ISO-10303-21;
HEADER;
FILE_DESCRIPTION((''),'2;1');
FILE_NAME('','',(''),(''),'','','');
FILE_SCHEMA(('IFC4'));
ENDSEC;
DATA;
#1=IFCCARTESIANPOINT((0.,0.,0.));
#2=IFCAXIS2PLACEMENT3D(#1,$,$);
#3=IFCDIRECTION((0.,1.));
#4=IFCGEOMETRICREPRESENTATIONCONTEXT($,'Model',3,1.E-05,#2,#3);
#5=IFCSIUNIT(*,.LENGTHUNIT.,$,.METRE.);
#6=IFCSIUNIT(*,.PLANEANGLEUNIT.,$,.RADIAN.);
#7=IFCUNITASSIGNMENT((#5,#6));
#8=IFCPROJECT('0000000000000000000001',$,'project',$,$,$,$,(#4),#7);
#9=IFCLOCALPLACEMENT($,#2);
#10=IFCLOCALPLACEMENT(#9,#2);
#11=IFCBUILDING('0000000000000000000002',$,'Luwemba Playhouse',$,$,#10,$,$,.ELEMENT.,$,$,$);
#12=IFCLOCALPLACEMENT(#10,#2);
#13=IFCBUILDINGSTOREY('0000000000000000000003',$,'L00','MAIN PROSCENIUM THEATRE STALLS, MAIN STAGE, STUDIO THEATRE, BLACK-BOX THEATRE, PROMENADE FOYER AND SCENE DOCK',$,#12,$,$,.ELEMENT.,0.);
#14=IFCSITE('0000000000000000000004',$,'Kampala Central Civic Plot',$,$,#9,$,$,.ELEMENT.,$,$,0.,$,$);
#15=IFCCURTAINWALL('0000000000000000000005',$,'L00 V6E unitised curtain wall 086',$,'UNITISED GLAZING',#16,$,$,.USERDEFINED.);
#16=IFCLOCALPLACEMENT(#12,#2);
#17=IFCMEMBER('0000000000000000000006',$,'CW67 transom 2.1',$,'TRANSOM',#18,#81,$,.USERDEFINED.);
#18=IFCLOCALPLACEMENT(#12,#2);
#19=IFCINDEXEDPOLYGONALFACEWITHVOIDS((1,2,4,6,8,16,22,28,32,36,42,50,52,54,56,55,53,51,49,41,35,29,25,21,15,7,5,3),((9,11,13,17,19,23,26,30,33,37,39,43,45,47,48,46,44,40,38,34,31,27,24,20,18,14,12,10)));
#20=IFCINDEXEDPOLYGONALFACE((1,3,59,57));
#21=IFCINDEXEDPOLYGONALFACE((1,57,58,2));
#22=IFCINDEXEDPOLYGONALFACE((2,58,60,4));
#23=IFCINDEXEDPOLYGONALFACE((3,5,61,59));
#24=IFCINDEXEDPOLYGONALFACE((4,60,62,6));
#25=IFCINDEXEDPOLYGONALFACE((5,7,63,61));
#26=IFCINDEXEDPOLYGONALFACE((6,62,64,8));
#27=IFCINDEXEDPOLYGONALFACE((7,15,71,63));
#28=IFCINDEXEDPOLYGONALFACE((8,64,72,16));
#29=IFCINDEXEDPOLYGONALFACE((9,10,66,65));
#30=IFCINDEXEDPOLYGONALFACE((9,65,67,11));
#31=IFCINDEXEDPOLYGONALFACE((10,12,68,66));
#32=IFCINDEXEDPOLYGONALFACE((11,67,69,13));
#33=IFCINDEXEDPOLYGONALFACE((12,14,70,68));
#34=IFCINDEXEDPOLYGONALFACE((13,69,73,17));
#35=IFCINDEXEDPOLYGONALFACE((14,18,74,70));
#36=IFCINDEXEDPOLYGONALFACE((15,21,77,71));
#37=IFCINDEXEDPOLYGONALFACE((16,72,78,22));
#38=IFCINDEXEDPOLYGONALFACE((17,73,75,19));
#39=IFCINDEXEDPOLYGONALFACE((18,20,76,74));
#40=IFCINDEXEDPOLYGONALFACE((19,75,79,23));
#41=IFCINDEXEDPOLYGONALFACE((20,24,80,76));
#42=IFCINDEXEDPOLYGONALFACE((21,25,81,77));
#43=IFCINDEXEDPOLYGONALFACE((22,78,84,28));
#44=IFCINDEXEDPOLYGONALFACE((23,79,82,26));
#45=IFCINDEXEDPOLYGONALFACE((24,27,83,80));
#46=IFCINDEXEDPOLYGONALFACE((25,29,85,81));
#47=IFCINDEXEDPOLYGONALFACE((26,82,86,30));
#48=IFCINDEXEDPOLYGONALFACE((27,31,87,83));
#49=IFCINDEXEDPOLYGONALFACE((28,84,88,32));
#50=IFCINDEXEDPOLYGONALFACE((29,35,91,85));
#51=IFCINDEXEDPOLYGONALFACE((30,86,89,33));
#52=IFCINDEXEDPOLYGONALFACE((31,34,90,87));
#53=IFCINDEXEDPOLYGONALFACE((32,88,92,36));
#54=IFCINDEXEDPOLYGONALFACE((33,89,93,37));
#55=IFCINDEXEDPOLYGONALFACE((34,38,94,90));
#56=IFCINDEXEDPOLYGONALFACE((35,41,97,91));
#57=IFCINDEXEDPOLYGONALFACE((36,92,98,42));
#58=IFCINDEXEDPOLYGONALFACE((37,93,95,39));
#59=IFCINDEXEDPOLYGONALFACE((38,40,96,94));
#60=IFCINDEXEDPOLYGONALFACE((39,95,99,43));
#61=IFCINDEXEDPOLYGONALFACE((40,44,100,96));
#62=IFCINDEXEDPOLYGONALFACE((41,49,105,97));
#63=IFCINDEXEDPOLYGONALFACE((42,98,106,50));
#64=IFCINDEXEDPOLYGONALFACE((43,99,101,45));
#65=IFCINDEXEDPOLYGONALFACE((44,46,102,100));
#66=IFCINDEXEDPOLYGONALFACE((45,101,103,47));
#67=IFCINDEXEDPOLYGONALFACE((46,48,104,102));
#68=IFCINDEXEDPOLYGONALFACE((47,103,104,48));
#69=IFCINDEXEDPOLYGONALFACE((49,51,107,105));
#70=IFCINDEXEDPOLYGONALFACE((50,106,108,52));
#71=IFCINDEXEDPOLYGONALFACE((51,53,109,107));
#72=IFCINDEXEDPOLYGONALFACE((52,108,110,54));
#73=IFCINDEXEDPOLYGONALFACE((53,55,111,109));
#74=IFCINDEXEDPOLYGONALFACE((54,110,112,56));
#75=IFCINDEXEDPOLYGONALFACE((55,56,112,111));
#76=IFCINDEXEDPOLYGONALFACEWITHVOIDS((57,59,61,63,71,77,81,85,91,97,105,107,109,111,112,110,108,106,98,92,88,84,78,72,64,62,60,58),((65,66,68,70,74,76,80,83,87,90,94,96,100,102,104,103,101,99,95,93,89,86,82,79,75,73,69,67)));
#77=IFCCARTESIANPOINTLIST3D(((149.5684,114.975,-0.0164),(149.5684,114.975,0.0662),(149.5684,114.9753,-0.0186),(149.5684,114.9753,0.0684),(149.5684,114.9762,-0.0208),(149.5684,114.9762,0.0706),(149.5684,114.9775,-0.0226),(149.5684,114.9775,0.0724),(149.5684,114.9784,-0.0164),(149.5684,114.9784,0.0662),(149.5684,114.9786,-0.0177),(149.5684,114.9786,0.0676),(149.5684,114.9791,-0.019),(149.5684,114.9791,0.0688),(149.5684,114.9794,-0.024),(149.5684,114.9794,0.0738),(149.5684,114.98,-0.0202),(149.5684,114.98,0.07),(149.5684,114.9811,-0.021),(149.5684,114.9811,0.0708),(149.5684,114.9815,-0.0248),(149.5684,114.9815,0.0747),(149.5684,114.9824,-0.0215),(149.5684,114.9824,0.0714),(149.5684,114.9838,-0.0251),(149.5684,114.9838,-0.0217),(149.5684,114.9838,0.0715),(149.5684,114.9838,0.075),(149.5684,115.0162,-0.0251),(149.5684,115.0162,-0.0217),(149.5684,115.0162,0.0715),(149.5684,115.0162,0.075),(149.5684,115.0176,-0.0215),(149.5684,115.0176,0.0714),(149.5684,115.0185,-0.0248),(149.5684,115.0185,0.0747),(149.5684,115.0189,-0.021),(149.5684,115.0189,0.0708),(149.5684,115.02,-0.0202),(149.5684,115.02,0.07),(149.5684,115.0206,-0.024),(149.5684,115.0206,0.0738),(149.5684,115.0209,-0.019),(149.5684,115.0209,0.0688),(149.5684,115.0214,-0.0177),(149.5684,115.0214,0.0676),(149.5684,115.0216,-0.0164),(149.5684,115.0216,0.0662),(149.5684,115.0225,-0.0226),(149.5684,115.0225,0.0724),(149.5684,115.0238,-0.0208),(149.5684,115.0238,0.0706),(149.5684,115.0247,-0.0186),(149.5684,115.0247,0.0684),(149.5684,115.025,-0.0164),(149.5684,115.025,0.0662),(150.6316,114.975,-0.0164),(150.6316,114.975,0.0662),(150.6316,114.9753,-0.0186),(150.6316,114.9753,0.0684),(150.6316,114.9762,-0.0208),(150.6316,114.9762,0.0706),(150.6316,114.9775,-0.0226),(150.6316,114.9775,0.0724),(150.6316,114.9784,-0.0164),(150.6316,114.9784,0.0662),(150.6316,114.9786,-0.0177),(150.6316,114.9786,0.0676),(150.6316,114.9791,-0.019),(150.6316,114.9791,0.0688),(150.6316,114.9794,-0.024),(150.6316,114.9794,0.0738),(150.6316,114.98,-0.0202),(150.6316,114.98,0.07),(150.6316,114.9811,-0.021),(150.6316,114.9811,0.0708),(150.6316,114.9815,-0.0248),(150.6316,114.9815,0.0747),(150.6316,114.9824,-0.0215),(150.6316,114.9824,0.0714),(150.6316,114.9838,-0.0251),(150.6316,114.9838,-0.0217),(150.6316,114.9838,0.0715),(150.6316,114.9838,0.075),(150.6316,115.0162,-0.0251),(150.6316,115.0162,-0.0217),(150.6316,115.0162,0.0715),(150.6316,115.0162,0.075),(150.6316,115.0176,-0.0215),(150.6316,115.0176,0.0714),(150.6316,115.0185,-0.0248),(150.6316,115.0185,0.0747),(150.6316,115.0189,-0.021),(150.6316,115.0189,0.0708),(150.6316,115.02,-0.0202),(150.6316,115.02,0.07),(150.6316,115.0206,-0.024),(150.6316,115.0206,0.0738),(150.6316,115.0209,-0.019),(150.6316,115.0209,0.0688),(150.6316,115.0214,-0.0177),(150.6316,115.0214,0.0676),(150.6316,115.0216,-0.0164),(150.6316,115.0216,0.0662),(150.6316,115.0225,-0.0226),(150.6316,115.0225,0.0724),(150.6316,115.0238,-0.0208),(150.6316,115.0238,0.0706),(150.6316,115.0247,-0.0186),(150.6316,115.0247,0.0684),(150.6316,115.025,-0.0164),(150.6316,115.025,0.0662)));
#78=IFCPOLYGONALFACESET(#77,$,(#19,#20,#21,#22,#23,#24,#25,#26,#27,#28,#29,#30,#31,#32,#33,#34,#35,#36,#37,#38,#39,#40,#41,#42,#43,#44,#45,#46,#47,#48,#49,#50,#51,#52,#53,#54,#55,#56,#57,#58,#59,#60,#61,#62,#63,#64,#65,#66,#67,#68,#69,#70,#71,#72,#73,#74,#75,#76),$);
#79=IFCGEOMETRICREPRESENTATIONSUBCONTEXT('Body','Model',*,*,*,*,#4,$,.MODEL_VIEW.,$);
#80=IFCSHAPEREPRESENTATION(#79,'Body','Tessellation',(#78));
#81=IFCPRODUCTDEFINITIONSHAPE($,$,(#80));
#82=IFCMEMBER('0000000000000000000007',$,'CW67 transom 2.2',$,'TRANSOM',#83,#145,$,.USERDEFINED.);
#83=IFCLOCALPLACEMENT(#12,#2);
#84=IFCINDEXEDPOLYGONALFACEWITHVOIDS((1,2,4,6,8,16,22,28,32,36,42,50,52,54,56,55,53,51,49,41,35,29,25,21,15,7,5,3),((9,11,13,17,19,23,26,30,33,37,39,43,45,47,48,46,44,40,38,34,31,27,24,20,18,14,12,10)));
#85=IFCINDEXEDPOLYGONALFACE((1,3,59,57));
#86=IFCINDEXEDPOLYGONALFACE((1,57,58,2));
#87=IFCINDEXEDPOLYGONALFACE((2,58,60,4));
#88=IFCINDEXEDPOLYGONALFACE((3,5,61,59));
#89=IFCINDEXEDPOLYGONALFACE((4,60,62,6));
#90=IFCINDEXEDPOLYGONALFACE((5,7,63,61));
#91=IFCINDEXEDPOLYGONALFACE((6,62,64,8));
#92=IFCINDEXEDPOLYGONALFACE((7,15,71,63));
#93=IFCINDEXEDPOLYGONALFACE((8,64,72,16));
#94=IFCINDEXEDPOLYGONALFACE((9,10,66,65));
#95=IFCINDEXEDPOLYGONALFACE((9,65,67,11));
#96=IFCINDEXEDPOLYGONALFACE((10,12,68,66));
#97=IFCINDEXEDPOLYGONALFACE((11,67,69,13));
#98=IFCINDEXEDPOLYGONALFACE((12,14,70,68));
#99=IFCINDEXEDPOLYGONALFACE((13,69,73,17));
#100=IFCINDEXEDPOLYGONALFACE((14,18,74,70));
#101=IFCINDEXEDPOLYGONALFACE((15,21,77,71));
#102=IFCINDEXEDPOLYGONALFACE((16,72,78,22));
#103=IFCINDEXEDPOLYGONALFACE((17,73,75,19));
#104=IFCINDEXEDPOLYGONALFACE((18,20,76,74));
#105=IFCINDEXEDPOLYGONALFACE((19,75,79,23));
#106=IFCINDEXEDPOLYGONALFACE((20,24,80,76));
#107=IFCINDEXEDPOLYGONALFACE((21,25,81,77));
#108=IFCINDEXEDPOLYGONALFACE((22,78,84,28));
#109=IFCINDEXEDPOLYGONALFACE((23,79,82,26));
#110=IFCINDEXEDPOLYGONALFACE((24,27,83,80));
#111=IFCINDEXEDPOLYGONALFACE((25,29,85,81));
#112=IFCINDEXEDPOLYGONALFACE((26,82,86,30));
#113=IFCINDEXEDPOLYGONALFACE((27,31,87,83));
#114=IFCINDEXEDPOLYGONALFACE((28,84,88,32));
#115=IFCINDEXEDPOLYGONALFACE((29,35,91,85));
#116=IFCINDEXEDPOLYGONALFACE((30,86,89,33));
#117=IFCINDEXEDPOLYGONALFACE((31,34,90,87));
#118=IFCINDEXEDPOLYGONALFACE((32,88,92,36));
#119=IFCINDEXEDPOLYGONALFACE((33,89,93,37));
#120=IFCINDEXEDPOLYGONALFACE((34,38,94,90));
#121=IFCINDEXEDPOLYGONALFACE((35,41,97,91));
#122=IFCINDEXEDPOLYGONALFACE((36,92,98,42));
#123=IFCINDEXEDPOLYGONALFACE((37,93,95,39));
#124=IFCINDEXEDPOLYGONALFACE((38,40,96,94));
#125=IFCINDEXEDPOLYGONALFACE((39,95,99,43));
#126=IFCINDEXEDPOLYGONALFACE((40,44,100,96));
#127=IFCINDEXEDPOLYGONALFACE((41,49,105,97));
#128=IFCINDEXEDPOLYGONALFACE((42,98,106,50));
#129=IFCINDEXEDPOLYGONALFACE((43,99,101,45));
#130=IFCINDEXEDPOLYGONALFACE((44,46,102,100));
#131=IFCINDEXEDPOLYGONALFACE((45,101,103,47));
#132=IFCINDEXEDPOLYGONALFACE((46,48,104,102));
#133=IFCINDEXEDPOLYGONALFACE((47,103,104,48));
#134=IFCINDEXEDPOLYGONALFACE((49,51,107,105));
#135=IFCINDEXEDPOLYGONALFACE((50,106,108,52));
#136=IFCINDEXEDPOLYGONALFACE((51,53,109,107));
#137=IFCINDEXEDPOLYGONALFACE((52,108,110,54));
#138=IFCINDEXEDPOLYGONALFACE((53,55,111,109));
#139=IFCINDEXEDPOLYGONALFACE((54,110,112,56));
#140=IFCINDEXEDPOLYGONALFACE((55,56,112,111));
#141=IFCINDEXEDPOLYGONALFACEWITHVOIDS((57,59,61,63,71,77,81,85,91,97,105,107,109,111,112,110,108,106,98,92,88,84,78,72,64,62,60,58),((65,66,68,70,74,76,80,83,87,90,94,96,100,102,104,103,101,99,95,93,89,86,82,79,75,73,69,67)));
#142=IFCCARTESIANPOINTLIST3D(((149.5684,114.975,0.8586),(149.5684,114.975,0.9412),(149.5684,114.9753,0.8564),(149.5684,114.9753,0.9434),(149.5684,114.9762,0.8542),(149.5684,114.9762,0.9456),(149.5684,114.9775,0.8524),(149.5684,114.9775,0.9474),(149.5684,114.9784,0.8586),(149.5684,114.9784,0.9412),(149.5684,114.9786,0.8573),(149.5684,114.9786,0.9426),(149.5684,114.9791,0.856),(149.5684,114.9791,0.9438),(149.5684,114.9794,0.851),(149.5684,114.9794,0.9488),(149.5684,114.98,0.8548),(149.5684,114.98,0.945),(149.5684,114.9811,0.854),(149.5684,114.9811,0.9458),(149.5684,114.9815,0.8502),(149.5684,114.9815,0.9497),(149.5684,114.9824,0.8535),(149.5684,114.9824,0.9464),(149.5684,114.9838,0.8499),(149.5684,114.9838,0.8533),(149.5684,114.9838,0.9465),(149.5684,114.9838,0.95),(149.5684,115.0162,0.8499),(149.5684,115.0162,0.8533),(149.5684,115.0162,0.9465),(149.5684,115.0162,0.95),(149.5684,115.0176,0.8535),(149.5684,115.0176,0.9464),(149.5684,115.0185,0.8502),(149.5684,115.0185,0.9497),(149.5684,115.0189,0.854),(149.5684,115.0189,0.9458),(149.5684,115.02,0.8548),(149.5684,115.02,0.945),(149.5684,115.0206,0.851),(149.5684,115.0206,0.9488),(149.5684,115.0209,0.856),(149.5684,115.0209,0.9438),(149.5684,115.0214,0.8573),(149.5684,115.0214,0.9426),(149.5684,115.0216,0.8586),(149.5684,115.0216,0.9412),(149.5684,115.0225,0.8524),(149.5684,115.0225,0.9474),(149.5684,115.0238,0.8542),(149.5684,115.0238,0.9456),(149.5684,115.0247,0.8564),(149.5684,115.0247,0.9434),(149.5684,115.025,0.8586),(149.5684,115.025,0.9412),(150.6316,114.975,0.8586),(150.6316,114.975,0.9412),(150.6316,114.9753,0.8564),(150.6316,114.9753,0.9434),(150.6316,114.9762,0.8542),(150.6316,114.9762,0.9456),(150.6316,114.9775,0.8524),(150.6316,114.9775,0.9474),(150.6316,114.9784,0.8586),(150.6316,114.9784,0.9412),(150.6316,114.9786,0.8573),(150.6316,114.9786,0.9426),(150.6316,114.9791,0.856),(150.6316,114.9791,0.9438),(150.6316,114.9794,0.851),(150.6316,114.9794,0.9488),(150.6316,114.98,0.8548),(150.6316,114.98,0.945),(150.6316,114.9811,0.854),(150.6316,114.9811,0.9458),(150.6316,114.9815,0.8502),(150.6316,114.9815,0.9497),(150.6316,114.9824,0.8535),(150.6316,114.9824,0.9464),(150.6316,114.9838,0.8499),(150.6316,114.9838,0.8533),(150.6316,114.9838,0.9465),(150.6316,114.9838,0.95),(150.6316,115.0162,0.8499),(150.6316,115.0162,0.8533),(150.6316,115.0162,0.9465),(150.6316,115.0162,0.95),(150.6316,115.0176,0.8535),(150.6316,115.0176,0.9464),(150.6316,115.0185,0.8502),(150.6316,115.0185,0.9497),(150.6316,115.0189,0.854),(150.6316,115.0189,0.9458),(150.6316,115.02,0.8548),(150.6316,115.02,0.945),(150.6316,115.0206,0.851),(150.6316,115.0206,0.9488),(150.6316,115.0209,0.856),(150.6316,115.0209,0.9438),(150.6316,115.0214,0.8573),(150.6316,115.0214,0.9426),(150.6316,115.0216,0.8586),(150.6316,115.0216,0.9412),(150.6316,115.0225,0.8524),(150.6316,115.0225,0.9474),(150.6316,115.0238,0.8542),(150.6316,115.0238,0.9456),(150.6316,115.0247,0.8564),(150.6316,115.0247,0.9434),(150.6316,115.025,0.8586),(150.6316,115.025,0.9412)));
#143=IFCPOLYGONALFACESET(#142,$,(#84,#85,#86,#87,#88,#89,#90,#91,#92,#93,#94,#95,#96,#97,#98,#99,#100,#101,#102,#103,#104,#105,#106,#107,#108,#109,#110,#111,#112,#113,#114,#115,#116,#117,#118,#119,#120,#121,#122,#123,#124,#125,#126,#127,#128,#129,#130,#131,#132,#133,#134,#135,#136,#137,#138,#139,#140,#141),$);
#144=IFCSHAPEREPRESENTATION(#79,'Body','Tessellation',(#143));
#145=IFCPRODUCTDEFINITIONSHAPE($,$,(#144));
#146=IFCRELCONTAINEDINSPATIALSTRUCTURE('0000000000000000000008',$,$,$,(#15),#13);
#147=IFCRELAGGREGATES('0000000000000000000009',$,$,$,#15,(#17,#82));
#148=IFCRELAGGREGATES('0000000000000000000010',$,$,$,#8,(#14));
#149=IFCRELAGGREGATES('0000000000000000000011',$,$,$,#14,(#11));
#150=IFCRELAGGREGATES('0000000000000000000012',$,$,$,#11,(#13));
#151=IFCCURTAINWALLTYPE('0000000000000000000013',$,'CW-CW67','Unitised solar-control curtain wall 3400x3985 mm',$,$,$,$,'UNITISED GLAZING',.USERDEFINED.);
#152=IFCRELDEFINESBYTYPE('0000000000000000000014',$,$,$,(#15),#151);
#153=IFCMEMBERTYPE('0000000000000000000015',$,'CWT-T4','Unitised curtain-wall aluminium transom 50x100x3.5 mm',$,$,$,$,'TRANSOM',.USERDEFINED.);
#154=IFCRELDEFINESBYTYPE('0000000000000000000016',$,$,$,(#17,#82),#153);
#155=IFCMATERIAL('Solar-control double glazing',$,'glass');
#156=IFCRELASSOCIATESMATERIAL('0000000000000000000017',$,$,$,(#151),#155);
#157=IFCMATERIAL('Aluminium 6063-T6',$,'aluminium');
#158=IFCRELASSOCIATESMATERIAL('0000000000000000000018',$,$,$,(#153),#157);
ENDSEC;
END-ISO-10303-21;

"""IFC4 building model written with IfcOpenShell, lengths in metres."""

from ifc_helpers import new_model, si_unit, direction, frame, origin, origin_2d, place, context, subcontext, project, spatial, hollow_rectangle, extrude, material, material_profile, profile_set, type_object, element, aggregate, save


model = new_model("IFC4")

# Units and contexts
model_context = context("Model", 3, precision=1e-05, world=origin(), true_north=direction((0.0, 1.0)))
body_context = subcontext(model_context, "Body", "Model", "MODEL_VIEW")
ifc_project = project(units=[si_unit("LENGTHUNIT", "METRE"), si_unit("PLANEANGLEUNIT", "RADIAN")], contexts=[model_context])

# Site, building, storey
site_placement = place(None, origin())
site = spatial("IfcSite", under=ifc_project, at=site_placement, Name="Kampala Central Civic Plot", CompositionType="ELEMENT", RefElevation=0.0)
building_placement = place(site_placement, origin())
building = spatial("IfcBuilding", under=site, at=building_placement, Name="Luwemba Playhouse", CompositionType="ELEMENT")
storey_placement = place(building_placement, origin())
storey = spatial("IfcBuildingStorey", under=building, at=storey_placement, Name="L00", Description="MAIN PROSCENIUM THEATRE STALLS, MAIN STAGE, STUDIO THEATRE, BLACK-BOX THEATRE, PROMENADE FOYER AND SCENE DOCK", CompositionType="ELEMENT", Elevation=0.0)

# Shared definitions
ifc_material_1 = material(Name="Solar-control double glazing", Category="glass")
ifc_material_2 = material(Name="Aluminium 6063-T6", Category="aluminium")

# Curtain wall, members
curtain_wall_type_1 = type_object("IfcCurtainWallType", Name="CW-CW67", Description="Unitised solar-control curtain wall 3400x3985 mm", ElementType="UNITISED GLAZING", PredefinedType="USERDEFINED", material=ifc_material_1)
curtain_wall_1_placement = place(storey_placement, origin())
curtain_wall_1 = element("IfcCurtainWall", 1, at=curtain_wall_1_placement, inside=storey, type_object=curtain_wall_type_1, Name="L00 V6E unitised curtain wall 086", ObjectType="UNITISED GLAZING", PredefinedType="USERDEFINED")
ifc_material_profile_1 = material_profile(ifc_material_2, hollow_rectangle(XDim=0.05, YDim=0.1001, WallThickness=0.0034, InnerFilletRadius=0.0054, OuterFilletRadius=0.0088, at=origin_2d()))
ifc_profile_set_1 = profile_set([ifc_material_profile_1], Name="Aluminium 6063-T6")
member_type_1 = type_object("IfcMemberType", Name="CWT-T4", Description="Unitised curtain-wall aluminium transom 50x100x3.5 mm", ElementType="TRANSOM", PredefinedType="USERDEFINED", material=ifc_profile_set_1)
member_1_placement = place(storey_placement, frame((149.5684, 115.0, 0.0249), z_axis=(1.0, 0.0, 0.0), x_axis=(0.0, 1.0, 0.0)))
member_1 = element("IfcMember", 2, at=member_1_placement, type_object=member_type_1, Name="CW67 transom 2.1", ObjectType="TRANSOM", PredefinedType="USERDEFINED", context=body_context, shape_type="SweptSolid", body=[
    extrude(hollow_rectangle(XDim=0.05, YDim=0.1001, WallThickness=0.0034, InnerFilletRadius=0.0054, OuterFilletRadius=0.0088, at=origin_2d()), origin(), (0.0, 0.0, 1.0), 1.0632),
])
member_2_placement = place(storey_placement, frame((149.5684, 115.0, 0.8999), z_axis=(1.0, 0.0, 0.0), x_axis=(0.0, 1.0, 0.0)))
member_2 = element("IfcMember", 3, at=member_2_placement, type_object=member_type_1, Name="CW67 transom 2.2", ObjectType="TRANSOM", PredefinedType="USERDEFINED", context=body_context, shape_type="SweptSolid", body=[
    extrude(hollow_rectangle(XDim=0.05, YDim=0.1001, WallThickness=0.0034, InnerFilletRadius=0.0054, OuterFilletRadius=0.0088, at=origin_2d()), origin(), (0.0, 0.0, 1.0), 1.0632),
])
aggregate(curtain_wall_1, [member_1, member_2])

save(model, "model.ifc")
